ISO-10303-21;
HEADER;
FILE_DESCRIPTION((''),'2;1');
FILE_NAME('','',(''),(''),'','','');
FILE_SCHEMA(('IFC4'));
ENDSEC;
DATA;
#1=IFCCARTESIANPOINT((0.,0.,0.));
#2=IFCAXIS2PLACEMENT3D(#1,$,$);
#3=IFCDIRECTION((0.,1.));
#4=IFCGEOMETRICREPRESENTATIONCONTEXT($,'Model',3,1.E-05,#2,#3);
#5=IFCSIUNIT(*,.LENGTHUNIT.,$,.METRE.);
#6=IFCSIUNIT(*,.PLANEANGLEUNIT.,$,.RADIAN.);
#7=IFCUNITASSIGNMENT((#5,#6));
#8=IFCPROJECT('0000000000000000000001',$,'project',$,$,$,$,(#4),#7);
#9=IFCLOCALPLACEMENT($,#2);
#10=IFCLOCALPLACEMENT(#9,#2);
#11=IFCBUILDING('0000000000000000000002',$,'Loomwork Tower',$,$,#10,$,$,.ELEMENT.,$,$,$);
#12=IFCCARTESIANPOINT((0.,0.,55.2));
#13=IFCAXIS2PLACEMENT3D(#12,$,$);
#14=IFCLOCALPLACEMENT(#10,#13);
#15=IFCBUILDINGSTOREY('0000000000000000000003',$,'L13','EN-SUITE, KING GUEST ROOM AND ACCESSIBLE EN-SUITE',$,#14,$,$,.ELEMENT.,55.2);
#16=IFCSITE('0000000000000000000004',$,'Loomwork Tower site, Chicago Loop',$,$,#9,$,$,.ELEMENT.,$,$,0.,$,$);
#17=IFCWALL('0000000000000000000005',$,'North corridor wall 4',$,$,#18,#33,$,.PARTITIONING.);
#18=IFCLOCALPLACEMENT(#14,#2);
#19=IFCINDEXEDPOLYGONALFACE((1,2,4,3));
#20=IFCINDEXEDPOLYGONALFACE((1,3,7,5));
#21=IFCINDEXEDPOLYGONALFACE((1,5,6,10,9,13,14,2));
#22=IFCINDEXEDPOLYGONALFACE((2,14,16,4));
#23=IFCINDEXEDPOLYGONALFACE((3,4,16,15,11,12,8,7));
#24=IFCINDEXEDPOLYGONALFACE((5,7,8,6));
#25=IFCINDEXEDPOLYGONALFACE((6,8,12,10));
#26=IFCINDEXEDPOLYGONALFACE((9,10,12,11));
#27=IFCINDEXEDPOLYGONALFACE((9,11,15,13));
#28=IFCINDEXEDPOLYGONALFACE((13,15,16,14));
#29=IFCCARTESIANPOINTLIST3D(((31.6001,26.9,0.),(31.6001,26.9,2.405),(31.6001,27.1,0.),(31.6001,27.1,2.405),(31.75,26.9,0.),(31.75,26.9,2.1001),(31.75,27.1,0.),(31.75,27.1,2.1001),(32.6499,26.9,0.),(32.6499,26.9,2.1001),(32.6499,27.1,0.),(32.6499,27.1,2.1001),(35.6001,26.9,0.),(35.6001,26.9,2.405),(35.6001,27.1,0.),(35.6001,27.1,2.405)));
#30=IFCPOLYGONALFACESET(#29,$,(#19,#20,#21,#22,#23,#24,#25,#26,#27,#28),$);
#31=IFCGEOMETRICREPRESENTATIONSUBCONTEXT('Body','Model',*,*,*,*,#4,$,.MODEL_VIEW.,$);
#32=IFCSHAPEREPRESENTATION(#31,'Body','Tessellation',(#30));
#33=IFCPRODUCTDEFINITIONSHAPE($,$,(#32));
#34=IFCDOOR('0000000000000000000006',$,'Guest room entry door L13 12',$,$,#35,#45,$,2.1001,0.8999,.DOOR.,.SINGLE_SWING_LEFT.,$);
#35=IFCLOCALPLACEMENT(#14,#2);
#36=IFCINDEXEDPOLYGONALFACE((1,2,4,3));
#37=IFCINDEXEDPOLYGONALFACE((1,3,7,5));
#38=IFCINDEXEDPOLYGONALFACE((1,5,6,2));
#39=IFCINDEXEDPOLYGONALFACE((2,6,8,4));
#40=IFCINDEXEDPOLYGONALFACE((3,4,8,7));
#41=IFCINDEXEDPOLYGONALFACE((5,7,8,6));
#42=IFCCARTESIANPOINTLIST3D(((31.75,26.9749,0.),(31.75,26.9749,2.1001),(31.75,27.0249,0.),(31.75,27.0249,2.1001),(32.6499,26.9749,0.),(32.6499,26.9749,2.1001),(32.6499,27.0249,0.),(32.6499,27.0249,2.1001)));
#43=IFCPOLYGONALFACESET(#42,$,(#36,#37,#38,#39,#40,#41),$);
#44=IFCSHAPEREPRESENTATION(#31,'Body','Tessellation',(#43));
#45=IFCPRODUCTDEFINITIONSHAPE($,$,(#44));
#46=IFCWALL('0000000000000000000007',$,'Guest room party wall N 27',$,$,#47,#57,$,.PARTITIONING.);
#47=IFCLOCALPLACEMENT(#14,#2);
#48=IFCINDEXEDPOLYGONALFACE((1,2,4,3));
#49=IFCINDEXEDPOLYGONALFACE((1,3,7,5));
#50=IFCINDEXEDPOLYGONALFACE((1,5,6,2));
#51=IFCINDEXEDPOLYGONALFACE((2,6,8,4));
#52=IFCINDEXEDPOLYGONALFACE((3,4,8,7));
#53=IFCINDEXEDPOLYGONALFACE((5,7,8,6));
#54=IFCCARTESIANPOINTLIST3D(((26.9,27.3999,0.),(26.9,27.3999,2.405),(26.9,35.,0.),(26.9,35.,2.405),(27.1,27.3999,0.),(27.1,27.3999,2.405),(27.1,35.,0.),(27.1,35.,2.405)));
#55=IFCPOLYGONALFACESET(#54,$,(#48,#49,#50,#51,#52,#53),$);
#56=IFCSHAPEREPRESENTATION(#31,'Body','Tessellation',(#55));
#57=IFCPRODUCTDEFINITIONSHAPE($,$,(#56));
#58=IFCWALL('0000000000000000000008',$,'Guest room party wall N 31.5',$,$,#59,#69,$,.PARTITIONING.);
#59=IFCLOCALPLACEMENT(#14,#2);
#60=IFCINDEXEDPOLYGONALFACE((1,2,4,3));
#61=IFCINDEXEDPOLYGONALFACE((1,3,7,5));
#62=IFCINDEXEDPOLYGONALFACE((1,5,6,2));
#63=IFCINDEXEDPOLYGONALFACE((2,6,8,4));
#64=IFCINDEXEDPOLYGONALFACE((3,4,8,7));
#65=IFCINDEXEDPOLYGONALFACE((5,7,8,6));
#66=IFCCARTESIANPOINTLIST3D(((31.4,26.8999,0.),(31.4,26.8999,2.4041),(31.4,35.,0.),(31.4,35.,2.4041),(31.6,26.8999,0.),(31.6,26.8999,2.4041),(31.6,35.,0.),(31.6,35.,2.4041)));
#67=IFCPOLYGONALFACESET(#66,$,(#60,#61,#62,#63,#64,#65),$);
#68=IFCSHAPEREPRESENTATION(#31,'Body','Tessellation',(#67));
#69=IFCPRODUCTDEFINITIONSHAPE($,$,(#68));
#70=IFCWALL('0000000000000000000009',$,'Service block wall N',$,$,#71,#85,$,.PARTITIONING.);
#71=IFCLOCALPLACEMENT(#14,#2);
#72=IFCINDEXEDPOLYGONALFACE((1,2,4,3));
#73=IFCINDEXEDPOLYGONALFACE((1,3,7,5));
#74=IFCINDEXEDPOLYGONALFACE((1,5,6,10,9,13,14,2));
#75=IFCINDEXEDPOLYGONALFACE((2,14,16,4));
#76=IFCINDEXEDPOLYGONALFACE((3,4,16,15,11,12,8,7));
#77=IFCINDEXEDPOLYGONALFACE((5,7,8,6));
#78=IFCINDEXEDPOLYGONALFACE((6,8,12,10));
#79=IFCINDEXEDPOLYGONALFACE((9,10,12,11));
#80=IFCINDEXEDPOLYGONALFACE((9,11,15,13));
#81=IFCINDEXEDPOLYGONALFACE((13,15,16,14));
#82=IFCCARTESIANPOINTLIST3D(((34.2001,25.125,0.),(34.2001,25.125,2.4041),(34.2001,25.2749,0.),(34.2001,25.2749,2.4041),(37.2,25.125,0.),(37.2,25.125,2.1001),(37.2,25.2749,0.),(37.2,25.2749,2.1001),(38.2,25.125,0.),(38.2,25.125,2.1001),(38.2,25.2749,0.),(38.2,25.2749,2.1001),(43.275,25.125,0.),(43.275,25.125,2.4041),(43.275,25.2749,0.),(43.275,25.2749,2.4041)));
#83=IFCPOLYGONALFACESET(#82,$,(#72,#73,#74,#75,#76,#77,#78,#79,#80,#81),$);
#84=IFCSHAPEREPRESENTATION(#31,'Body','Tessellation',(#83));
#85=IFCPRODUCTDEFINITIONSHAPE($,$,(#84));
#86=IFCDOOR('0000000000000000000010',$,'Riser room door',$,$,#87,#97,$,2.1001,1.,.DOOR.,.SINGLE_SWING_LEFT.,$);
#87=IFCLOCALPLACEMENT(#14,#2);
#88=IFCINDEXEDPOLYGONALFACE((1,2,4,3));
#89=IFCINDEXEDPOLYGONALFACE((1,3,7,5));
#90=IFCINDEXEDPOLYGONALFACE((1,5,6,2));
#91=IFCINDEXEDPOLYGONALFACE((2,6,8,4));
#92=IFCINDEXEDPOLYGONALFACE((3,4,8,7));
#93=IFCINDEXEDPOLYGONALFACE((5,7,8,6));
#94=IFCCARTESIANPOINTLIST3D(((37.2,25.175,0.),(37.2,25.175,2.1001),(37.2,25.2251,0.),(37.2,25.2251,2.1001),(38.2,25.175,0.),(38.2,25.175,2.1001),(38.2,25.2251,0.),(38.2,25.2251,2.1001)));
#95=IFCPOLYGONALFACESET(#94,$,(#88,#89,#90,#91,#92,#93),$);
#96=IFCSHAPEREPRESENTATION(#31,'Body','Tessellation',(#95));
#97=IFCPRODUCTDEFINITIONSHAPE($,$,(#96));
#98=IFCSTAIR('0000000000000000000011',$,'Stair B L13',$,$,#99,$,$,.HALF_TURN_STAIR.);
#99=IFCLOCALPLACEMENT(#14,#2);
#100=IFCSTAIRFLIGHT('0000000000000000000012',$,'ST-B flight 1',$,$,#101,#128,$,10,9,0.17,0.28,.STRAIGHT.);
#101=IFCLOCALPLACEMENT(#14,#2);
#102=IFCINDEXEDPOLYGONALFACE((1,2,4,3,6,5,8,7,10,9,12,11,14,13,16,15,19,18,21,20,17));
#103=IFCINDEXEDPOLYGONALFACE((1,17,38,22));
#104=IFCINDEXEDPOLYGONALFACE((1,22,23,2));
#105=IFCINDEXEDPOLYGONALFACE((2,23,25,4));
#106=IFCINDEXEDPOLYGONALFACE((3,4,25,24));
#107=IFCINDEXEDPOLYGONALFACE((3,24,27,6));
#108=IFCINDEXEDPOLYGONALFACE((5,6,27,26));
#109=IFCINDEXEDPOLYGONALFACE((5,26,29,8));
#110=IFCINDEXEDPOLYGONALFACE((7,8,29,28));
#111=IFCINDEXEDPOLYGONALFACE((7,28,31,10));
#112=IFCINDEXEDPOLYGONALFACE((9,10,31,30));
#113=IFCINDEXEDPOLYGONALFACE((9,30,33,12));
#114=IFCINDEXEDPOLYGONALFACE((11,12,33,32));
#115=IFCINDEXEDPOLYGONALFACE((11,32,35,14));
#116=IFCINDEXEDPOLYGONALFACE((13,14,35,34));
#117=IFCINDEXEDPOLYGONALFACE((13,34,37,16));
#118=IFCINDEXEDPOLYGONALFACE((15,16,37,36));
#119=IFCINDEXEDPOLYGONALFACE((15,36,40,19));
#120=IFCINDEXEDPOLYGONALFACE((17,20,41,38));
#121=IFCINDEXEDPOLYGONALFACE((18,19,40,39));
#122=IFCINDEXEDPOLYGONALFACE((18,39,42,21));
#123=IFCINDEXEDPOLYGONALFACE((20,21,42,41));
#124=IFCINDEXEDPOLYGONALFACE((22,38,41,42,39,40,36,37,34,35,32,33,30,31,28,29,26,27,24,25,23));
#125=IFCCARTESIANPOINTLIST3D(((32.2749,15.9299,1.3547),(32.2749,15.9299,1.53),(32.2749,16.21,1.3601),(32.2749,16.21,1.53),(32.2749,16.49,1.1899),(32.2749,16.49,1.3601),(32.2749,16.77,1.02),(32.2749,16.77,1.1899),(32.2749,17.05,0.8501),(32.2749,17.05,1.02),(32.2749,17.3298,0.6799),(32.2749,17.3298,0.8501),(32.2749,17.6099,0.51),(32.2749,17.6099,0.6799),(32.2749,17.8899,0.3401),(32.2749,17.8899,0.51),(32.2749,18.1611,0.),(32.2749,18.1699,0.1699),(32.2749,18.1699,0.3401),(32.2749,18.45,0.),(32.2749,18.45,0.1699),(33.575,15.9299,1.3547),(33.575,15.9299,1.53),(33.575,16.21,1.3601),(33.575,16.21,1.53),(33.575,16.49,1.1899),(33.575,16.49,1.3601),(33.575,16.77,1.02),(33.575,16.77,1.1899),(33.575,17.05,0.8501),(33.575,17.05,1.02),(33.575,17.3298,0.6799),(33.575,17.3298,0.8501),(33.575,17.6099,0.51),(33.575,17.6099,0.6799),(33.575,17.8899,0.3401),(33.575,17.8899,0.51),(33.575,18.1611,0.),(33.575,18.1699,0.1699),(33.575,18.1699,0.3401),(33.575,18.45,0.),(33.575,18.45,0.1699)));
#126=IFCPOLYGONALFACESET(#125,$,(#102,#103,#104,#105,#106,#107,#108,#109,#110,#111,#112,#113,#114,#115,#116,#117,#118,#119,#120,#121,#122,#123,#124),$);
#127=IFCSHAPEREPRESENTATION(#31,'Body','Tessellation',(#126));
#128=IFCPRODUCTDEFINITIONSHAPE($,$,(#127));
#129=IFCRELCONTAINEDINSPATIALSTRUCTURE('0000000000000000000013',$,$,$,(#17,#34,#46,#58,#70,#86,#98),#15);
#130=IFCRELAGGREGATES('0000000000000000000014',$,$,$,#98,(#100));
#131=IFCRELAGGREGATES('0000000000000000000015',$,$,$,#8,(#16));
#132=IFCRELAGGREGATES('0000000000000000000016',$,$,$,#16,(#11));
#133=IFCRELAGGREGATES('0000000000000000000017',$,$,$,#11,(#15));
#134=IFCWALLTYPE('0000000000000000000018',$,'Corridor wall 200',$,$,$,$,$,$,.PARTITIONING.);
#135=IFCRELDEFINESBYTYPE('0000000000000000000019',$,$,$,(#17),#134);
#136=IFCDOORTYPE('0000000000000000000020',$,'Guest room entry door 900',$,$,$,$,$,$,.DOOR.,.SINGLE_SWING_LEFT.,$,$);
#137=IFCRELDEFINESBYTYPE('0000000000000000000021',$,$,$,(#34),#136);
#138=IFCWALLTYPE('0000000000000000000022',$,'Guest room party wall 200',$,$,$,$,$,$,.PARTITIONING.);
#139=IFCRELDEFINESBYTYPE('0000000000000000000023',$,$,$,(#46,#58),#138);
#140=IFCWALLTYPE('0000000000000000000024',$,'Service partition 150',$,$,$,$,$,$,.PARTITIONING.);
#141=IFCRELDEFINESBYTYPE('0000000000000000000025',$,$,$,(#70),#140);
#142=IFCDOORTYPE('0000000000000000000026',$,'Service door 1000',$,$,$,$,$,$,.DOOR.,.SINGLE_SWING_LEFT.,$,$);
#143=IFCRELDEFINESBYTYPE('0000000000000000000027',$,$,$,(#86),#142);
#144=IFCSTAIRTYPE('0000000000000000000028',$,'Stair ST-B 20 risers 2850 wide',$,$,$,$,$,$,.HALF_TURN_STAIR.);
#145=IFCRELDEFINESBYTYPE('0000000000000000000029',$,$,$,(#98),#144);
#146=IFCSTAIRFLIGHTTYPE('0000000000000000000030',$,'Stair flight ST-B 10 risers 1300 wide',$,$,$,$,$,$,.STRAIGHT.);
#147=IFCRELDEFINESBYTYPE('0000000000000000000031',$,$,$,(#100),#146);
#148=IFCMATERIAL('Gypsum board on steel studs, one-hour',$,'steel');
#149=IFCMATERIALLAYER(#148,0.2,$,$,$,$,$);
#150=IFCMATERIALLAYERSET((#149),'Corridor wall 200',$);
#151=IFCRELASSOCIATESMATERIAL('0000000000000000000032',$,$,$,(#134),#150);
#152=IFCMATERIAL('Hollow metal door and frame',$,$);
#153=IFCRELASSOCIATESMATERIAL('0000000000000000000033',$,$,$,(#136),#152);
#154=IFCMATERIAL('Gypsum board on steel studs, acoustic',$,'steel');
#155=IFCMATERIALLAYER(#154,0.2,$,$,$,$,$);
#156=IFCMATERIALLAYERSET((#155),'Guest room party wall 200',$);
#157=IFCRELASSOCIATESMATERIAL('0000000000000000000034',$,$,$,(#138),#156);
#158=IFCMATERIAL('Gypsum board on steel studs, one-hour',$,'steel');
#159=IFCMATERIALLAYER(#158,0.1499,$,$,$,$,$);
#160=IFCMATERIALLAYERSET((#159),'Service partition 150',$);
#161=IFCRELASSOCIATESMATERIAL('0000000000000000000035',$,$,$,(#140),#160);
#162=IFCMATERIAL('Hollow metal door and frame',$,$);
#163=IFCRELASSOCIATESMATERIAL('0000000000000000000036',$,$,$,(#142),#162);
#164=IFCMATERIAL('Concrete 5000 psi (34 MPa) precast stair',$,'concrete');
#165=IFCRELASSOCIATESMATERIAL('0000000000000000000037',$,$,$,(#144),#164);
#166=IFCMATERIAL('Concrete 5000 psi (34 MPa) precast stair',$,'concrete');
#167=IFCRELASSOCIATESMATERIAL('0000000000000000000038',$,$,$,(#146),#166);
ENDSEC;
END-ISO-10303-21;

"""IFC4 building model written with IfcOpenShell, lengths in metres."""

from ifc_helpers import new_model, si_unit, direction, frame, frame_2d, origin, place, context, subcontext, project, spatial, polyline, rectangle, outline, extrude, material, layer, layer_set, type_object, element, fill, aggregate, save


model = new_model("IFC4")

# Units and contexts
model_context = context("Model", 3, precision=1e-05, world=origin(), true_north=direction((0.0, 1.0)))
body_context = subcontext(model_context, "Body", "Model", "MODEL_VIEW")
ifc_project = project(units=[si_unit("LENGTHUNIT", "METRE"), si_unit("PLANEANGLEUNIT", "RADIAN")], contexts=[model_context])

# Site, building, storey
site_placement = place(None, origin())
site = spatial("IfcSite", under=ifc_project, at=site_placement, Name="Loomwork Tower site, Chicago Loop", CompositionType="ELEMENT", RefElevation=0.0)
building_placement = place(site_placement, origin())
building = spatial("IfcBuilding", under=site, at=building_placement, Name="Loomwork Tower", CompositionType="ELEMENT")
storey_placement = place(building_placement, frame((0.0, 0.0, 55.2)))
storey = spatial("IfcBuildingStorey", under=building, at=storey_placement, Name="L13", Description="EN-SUITE, KING GUEST ROOM AND ACCESSIBLE EN-SUITE", CompositionType="ELEMENT", Elevation=55.2)

# Wall, opening, door
ifc_material_1 = material(Name="Gypsum board on steel studs, one-hour", Category="steel")
ifc_layer_1 = layer(ifc_material_1, 0.2)
ifc_layer_set_1 = layer_set([ifc_layer_1], Name="Corridor wall 200")
wall_type_1 = type_object("IfcWallType", Name="Corridor wall 200", PredefinedType="PARTITIONING", material=ifc_layer_set_1)
wall_1_placement = place(storey_placement, frame((31.6001, 27.0, 0.0), z_axis=(0.0, 0.0, 1.0), x_axis=(1.0, 0.0, 0.0)))
wall_1 = element("IfcWall", 1, at=wall_1_placement, inside=storey, type_object=wall_type_1, Name="North corridor wall 4", PredefinedType="PARTITIONING", context=body_context, shape_type="SweptSolid", body=[
    extrude(rectangle(XDim=4.0, YDim=0.2, at=frame_2d((2.0, 0.0))), origin(), (0.0, 0.0, 1.0), 2.405),
])
opening_1_placement = place(wall_1_placement, frame((0.1499, 0.0, 0.0)))
opening_1 = element("IfcOpeningElement", 2, at=opening_1_placement, cuts=wall_1, PredefinedType="OPENING", context=body_context, shape_type="SweptSolid", body=[
    extrude(rectangle(XDim=0.8999, YDim=2.1001, at=frame_2d((0.45, 1.05))), frame((0.0, 0.1099, 0.0), z_axis=(0.0, -1.0, 0.0), x_axis=(1.0, 0.0, 0.0)), (0.0, 0.0, 1.0), 0.22),
])
ifc_material_2 = material(Name="Hollow metal door and frame")
door_type_1 = type_object("IfcDoorType", Name="Guest room entry door 900", OperationType="SINGLE_SWING_LEFT", PredefinedType="DOOR", material=ifc_material_2)
door_1_placement = place(opening_1_placement, origin())
door_1 = element("IfcDoor", 3, at=door_1_placement, inside=storey, type_object=door_type_1, Name="Guest room entry door L13 12", OperationType="SINGLE_SWING_LEFT", OverallHeight=2.1001, OverallWidth=0.8999, PredefinedType="DOOR", context=body_context, shape_type="SweptSolid", body=[
    extrude(rectangle(XDim=0.8999, YDim=2.1001, at=frame_2d((0.45, 1.05))), frame((0.0, 0.0249, 0.0), z_axis=(0.0, -1.0, 0.0), x_axis=(1.0, 0.0, 0.0)), (0.0, 0.0, 1.0), 0.05),
])
fill(opening_1, door_1)

# Walls
ifc_material_3 = material(Name="Gypsum board on steel studs, acoustic", Category="steel")
ifc_layer_2 = layer(ifc_material_3, 0.2)
ifc_layer_set_2 = layer_set([ifc_layer_2], Name="Guest room party wall 200")
wall_type_2 = type_object("IfcWallType", Name="Guest room party wall 200", PredefinedType="PARTITIONING", material=ifc_layer_set_2)
wall_2_placement = place(storey_placement, frame((27.0, 27.3999, 0.0), z_axis=(0.0, 0.0, 1.0), x_axis=(0.0, 1.0, 0.0)))
element("IfcWall", 4, at=wall_2_placement, inside=storey, type_object=wall_type_2, Name="Guest room party wall N 27", PredefinedType="PARTITIONING", context=body_context, shape_type="SweptSolid", body=[
    extrude(rectangle(XDim=7.6001, YDim=0.2, at=frame_2d((3.8, 0.0))), origin(), (0.0, 0.0, 1.0), 2.405),
])
wall_3_placement = place(storey_placement, frame((31.5, 26.8999, 0.0), z_axis=(0.0, 0.0, 1.0), x_axis=(0.0, 1.0, 0.0)))
element("IfcWall", 5, at=wall_3_placement, inside=storey, type_object=wall_type_2, Name="Guest room party wall N 31.5", PredefinedType="PARTITIONING", context=body_context, shape_type="SweptSolid", body=[
    extrude(rectangle(XDim=8.1001, YDim=0.2, at=frame_2d((4.05, 0.0))), origin(), (0.0, 0.0, 1.0), 2.4041),
])

# Wall, opening, door
ifc_material_4 = material(Name="Gypsum board on steel studs, one-hour", Category="steel")
ifc_layer_3 = layer(ifc_material_4, 0.1499)
ifc_layer_set_3 = layer_set([ifc_layer_3], Name="Service partition 150")
wall_type_3 = type_object("IfcWallType", Name="Service partition 150", PredefinedType="PARTITIONING", material=ifc_layer_set_3)
wall_4_placement = place(storey_placement, frame((34.2, 25.2, 0.0), z_axis=(0.0, 0.0, 1.0), x_axis=(1.0, 0.0, 0.0)))
wall_4 = element("IfcWall", 6, at=wall_4_placement, inside=storey, type_object=wall_type_3, Name="Service block wall N", PredefinedType="PARTITIONING", context=body_context, shape_type="SweptSolid", body=[
    extrude(rectangle(XDim=9.075, YDim=0.1499, at=frame_2d((4.5376, 0.0))), origin(), (0.0, 0.0, 1.0), 2.4041),
])
opening_2_placement = place(wall_4_placement, frame((3.0, 0.0, 0.0)))
opening_2 = element("IfcOpeningElement", 7, at=opening_2_placement, cuts=wall_4, PredefinedType="OPENING", context=body_context, shape_type="SweptSolid", body=[
    extrude(rectangle(XDim=1.0, YDim=2.1001, at=frame_2d((0.5, 1.05))), frame((0.0, 0.085, 0.0), z_axis=(0.0, -1.0, 0.0), x_axis=(1.0, 0.0, 0.0)), (0.0, 0.0, 1.0), 0.1699),
])
ifc_material_5 = material(Name="Hollow metal door and frame")
door_type_2 = type_object("IfcDoorType", Name="Service door 1000", OperationType="SINGLE_SWING_LEFT", PredefinedType="DOOR", material=ifc_material_5)
door_2_placement = place(opening_2_placement, frame((1.0, 0.0, 0.0), z_axis=(0.0, 0.0, 1.0), x_axis=(-1.0, 0.0, 0.0)))
door_2 = element("IfcDoor", 8, at=door_2_placement, inside=storey, type_object=door_type_2, Name="Riser room door", OperationType="SINGLE_SWING_LEFT", OverallHeight=2.1001, OverallWidth=1.0, PredefinedType="DOOR", context=body_context, shape_type="SweptSolid", body=[
    extrude(rectangle(XDim=1.0, YDim=2.1001, at=frame_2d((0.5, 1.05))), frame((0.0, 0.0249, 0.0), z_axis=(0.0, -1.0, 0.0), x_axis=(1.0, 0.0, 0.0)), (0.0, 0.0, 1.0), 0.05),
])
fill(opening_2, door_2)

# Stair, stair flight
ifc_material_6 = material(Name="Concrete 5000 psi (34 MPa) precast stair", Category="concrete")
stair_type = type_object("IfcStairType", Name="Stair ST-B 20 risers 2850 wide", PredefinedType="HALF_TURN_STAIR", material=ifc_material_6)
stair_placement = place(storey_placement, origin())
stair = element("IfcStair", 9, at=stair_placement, inside=storey, type_object=stair_type, Name="Stair B L13", PredefinedType="HALF_TURN_STAIR")
ifc_material_7 = material(Name="Concrete 5000 psi (34 MPa) precast stair", Category="concrete")
stair_flight_type = type_object("IfcStairFlightType", Name="Stair flight ST-B 10 risers 1300 wide", PredefinedType="STRAIGHT", material=ifc_material_7)
stair_flight_placement = place(storey_placement, frame((32.925, 18.45, 0.0), z_axis=(0.0, 0.0, 1.0), x_axis=(0.0, -1.0, 0.0)))
stair_flight = element("IfcStairFlight", 10, at=stair_flight_placement, type_object=stair_flight_type, Name="ST-B flight 1", NumberOfRisers=10, NumberOfTreads=9, PredefinedType="STRAIGHT", RiserHeight=0.17, TreadLength=0.28, context=body_context, shape_type="SweptSolid", body=[
    extrude(outline(polyline([(0.0, 0.0), (0.0, 0.1699), (0.28, 0.1699), (0.28, 0.3401), (0.5601, 0.3401), (0.5601, 0.51), (0.8401, 0.51), (0.8401, 0.6799), (1.1201, 0.6799), (1.1201, 0.8501), (1.3999, 0.8501), (1.3999, 1.02), (1.6799, 1.02), (1.6799, 1.1899), (1.96, 1.1899), (1.96, 1.3601), (2.24, 1.3601), (2.24, 1.53), (2.52, 1.53), (2.52, 1.7), (2.52, 1.3547), (0.2888, 0.0), (0.0, 0.0)])), frame((0.0, 0.6499, 0.0), z_axis=(0.0, -1.0, 0.0), x_axis=(1.0, 0.0, 0.0)), (0.0, 0.0, 1.0), 1.3),
])
aggregate(stair, [stair_flight])

save(model, "model.ifc")
